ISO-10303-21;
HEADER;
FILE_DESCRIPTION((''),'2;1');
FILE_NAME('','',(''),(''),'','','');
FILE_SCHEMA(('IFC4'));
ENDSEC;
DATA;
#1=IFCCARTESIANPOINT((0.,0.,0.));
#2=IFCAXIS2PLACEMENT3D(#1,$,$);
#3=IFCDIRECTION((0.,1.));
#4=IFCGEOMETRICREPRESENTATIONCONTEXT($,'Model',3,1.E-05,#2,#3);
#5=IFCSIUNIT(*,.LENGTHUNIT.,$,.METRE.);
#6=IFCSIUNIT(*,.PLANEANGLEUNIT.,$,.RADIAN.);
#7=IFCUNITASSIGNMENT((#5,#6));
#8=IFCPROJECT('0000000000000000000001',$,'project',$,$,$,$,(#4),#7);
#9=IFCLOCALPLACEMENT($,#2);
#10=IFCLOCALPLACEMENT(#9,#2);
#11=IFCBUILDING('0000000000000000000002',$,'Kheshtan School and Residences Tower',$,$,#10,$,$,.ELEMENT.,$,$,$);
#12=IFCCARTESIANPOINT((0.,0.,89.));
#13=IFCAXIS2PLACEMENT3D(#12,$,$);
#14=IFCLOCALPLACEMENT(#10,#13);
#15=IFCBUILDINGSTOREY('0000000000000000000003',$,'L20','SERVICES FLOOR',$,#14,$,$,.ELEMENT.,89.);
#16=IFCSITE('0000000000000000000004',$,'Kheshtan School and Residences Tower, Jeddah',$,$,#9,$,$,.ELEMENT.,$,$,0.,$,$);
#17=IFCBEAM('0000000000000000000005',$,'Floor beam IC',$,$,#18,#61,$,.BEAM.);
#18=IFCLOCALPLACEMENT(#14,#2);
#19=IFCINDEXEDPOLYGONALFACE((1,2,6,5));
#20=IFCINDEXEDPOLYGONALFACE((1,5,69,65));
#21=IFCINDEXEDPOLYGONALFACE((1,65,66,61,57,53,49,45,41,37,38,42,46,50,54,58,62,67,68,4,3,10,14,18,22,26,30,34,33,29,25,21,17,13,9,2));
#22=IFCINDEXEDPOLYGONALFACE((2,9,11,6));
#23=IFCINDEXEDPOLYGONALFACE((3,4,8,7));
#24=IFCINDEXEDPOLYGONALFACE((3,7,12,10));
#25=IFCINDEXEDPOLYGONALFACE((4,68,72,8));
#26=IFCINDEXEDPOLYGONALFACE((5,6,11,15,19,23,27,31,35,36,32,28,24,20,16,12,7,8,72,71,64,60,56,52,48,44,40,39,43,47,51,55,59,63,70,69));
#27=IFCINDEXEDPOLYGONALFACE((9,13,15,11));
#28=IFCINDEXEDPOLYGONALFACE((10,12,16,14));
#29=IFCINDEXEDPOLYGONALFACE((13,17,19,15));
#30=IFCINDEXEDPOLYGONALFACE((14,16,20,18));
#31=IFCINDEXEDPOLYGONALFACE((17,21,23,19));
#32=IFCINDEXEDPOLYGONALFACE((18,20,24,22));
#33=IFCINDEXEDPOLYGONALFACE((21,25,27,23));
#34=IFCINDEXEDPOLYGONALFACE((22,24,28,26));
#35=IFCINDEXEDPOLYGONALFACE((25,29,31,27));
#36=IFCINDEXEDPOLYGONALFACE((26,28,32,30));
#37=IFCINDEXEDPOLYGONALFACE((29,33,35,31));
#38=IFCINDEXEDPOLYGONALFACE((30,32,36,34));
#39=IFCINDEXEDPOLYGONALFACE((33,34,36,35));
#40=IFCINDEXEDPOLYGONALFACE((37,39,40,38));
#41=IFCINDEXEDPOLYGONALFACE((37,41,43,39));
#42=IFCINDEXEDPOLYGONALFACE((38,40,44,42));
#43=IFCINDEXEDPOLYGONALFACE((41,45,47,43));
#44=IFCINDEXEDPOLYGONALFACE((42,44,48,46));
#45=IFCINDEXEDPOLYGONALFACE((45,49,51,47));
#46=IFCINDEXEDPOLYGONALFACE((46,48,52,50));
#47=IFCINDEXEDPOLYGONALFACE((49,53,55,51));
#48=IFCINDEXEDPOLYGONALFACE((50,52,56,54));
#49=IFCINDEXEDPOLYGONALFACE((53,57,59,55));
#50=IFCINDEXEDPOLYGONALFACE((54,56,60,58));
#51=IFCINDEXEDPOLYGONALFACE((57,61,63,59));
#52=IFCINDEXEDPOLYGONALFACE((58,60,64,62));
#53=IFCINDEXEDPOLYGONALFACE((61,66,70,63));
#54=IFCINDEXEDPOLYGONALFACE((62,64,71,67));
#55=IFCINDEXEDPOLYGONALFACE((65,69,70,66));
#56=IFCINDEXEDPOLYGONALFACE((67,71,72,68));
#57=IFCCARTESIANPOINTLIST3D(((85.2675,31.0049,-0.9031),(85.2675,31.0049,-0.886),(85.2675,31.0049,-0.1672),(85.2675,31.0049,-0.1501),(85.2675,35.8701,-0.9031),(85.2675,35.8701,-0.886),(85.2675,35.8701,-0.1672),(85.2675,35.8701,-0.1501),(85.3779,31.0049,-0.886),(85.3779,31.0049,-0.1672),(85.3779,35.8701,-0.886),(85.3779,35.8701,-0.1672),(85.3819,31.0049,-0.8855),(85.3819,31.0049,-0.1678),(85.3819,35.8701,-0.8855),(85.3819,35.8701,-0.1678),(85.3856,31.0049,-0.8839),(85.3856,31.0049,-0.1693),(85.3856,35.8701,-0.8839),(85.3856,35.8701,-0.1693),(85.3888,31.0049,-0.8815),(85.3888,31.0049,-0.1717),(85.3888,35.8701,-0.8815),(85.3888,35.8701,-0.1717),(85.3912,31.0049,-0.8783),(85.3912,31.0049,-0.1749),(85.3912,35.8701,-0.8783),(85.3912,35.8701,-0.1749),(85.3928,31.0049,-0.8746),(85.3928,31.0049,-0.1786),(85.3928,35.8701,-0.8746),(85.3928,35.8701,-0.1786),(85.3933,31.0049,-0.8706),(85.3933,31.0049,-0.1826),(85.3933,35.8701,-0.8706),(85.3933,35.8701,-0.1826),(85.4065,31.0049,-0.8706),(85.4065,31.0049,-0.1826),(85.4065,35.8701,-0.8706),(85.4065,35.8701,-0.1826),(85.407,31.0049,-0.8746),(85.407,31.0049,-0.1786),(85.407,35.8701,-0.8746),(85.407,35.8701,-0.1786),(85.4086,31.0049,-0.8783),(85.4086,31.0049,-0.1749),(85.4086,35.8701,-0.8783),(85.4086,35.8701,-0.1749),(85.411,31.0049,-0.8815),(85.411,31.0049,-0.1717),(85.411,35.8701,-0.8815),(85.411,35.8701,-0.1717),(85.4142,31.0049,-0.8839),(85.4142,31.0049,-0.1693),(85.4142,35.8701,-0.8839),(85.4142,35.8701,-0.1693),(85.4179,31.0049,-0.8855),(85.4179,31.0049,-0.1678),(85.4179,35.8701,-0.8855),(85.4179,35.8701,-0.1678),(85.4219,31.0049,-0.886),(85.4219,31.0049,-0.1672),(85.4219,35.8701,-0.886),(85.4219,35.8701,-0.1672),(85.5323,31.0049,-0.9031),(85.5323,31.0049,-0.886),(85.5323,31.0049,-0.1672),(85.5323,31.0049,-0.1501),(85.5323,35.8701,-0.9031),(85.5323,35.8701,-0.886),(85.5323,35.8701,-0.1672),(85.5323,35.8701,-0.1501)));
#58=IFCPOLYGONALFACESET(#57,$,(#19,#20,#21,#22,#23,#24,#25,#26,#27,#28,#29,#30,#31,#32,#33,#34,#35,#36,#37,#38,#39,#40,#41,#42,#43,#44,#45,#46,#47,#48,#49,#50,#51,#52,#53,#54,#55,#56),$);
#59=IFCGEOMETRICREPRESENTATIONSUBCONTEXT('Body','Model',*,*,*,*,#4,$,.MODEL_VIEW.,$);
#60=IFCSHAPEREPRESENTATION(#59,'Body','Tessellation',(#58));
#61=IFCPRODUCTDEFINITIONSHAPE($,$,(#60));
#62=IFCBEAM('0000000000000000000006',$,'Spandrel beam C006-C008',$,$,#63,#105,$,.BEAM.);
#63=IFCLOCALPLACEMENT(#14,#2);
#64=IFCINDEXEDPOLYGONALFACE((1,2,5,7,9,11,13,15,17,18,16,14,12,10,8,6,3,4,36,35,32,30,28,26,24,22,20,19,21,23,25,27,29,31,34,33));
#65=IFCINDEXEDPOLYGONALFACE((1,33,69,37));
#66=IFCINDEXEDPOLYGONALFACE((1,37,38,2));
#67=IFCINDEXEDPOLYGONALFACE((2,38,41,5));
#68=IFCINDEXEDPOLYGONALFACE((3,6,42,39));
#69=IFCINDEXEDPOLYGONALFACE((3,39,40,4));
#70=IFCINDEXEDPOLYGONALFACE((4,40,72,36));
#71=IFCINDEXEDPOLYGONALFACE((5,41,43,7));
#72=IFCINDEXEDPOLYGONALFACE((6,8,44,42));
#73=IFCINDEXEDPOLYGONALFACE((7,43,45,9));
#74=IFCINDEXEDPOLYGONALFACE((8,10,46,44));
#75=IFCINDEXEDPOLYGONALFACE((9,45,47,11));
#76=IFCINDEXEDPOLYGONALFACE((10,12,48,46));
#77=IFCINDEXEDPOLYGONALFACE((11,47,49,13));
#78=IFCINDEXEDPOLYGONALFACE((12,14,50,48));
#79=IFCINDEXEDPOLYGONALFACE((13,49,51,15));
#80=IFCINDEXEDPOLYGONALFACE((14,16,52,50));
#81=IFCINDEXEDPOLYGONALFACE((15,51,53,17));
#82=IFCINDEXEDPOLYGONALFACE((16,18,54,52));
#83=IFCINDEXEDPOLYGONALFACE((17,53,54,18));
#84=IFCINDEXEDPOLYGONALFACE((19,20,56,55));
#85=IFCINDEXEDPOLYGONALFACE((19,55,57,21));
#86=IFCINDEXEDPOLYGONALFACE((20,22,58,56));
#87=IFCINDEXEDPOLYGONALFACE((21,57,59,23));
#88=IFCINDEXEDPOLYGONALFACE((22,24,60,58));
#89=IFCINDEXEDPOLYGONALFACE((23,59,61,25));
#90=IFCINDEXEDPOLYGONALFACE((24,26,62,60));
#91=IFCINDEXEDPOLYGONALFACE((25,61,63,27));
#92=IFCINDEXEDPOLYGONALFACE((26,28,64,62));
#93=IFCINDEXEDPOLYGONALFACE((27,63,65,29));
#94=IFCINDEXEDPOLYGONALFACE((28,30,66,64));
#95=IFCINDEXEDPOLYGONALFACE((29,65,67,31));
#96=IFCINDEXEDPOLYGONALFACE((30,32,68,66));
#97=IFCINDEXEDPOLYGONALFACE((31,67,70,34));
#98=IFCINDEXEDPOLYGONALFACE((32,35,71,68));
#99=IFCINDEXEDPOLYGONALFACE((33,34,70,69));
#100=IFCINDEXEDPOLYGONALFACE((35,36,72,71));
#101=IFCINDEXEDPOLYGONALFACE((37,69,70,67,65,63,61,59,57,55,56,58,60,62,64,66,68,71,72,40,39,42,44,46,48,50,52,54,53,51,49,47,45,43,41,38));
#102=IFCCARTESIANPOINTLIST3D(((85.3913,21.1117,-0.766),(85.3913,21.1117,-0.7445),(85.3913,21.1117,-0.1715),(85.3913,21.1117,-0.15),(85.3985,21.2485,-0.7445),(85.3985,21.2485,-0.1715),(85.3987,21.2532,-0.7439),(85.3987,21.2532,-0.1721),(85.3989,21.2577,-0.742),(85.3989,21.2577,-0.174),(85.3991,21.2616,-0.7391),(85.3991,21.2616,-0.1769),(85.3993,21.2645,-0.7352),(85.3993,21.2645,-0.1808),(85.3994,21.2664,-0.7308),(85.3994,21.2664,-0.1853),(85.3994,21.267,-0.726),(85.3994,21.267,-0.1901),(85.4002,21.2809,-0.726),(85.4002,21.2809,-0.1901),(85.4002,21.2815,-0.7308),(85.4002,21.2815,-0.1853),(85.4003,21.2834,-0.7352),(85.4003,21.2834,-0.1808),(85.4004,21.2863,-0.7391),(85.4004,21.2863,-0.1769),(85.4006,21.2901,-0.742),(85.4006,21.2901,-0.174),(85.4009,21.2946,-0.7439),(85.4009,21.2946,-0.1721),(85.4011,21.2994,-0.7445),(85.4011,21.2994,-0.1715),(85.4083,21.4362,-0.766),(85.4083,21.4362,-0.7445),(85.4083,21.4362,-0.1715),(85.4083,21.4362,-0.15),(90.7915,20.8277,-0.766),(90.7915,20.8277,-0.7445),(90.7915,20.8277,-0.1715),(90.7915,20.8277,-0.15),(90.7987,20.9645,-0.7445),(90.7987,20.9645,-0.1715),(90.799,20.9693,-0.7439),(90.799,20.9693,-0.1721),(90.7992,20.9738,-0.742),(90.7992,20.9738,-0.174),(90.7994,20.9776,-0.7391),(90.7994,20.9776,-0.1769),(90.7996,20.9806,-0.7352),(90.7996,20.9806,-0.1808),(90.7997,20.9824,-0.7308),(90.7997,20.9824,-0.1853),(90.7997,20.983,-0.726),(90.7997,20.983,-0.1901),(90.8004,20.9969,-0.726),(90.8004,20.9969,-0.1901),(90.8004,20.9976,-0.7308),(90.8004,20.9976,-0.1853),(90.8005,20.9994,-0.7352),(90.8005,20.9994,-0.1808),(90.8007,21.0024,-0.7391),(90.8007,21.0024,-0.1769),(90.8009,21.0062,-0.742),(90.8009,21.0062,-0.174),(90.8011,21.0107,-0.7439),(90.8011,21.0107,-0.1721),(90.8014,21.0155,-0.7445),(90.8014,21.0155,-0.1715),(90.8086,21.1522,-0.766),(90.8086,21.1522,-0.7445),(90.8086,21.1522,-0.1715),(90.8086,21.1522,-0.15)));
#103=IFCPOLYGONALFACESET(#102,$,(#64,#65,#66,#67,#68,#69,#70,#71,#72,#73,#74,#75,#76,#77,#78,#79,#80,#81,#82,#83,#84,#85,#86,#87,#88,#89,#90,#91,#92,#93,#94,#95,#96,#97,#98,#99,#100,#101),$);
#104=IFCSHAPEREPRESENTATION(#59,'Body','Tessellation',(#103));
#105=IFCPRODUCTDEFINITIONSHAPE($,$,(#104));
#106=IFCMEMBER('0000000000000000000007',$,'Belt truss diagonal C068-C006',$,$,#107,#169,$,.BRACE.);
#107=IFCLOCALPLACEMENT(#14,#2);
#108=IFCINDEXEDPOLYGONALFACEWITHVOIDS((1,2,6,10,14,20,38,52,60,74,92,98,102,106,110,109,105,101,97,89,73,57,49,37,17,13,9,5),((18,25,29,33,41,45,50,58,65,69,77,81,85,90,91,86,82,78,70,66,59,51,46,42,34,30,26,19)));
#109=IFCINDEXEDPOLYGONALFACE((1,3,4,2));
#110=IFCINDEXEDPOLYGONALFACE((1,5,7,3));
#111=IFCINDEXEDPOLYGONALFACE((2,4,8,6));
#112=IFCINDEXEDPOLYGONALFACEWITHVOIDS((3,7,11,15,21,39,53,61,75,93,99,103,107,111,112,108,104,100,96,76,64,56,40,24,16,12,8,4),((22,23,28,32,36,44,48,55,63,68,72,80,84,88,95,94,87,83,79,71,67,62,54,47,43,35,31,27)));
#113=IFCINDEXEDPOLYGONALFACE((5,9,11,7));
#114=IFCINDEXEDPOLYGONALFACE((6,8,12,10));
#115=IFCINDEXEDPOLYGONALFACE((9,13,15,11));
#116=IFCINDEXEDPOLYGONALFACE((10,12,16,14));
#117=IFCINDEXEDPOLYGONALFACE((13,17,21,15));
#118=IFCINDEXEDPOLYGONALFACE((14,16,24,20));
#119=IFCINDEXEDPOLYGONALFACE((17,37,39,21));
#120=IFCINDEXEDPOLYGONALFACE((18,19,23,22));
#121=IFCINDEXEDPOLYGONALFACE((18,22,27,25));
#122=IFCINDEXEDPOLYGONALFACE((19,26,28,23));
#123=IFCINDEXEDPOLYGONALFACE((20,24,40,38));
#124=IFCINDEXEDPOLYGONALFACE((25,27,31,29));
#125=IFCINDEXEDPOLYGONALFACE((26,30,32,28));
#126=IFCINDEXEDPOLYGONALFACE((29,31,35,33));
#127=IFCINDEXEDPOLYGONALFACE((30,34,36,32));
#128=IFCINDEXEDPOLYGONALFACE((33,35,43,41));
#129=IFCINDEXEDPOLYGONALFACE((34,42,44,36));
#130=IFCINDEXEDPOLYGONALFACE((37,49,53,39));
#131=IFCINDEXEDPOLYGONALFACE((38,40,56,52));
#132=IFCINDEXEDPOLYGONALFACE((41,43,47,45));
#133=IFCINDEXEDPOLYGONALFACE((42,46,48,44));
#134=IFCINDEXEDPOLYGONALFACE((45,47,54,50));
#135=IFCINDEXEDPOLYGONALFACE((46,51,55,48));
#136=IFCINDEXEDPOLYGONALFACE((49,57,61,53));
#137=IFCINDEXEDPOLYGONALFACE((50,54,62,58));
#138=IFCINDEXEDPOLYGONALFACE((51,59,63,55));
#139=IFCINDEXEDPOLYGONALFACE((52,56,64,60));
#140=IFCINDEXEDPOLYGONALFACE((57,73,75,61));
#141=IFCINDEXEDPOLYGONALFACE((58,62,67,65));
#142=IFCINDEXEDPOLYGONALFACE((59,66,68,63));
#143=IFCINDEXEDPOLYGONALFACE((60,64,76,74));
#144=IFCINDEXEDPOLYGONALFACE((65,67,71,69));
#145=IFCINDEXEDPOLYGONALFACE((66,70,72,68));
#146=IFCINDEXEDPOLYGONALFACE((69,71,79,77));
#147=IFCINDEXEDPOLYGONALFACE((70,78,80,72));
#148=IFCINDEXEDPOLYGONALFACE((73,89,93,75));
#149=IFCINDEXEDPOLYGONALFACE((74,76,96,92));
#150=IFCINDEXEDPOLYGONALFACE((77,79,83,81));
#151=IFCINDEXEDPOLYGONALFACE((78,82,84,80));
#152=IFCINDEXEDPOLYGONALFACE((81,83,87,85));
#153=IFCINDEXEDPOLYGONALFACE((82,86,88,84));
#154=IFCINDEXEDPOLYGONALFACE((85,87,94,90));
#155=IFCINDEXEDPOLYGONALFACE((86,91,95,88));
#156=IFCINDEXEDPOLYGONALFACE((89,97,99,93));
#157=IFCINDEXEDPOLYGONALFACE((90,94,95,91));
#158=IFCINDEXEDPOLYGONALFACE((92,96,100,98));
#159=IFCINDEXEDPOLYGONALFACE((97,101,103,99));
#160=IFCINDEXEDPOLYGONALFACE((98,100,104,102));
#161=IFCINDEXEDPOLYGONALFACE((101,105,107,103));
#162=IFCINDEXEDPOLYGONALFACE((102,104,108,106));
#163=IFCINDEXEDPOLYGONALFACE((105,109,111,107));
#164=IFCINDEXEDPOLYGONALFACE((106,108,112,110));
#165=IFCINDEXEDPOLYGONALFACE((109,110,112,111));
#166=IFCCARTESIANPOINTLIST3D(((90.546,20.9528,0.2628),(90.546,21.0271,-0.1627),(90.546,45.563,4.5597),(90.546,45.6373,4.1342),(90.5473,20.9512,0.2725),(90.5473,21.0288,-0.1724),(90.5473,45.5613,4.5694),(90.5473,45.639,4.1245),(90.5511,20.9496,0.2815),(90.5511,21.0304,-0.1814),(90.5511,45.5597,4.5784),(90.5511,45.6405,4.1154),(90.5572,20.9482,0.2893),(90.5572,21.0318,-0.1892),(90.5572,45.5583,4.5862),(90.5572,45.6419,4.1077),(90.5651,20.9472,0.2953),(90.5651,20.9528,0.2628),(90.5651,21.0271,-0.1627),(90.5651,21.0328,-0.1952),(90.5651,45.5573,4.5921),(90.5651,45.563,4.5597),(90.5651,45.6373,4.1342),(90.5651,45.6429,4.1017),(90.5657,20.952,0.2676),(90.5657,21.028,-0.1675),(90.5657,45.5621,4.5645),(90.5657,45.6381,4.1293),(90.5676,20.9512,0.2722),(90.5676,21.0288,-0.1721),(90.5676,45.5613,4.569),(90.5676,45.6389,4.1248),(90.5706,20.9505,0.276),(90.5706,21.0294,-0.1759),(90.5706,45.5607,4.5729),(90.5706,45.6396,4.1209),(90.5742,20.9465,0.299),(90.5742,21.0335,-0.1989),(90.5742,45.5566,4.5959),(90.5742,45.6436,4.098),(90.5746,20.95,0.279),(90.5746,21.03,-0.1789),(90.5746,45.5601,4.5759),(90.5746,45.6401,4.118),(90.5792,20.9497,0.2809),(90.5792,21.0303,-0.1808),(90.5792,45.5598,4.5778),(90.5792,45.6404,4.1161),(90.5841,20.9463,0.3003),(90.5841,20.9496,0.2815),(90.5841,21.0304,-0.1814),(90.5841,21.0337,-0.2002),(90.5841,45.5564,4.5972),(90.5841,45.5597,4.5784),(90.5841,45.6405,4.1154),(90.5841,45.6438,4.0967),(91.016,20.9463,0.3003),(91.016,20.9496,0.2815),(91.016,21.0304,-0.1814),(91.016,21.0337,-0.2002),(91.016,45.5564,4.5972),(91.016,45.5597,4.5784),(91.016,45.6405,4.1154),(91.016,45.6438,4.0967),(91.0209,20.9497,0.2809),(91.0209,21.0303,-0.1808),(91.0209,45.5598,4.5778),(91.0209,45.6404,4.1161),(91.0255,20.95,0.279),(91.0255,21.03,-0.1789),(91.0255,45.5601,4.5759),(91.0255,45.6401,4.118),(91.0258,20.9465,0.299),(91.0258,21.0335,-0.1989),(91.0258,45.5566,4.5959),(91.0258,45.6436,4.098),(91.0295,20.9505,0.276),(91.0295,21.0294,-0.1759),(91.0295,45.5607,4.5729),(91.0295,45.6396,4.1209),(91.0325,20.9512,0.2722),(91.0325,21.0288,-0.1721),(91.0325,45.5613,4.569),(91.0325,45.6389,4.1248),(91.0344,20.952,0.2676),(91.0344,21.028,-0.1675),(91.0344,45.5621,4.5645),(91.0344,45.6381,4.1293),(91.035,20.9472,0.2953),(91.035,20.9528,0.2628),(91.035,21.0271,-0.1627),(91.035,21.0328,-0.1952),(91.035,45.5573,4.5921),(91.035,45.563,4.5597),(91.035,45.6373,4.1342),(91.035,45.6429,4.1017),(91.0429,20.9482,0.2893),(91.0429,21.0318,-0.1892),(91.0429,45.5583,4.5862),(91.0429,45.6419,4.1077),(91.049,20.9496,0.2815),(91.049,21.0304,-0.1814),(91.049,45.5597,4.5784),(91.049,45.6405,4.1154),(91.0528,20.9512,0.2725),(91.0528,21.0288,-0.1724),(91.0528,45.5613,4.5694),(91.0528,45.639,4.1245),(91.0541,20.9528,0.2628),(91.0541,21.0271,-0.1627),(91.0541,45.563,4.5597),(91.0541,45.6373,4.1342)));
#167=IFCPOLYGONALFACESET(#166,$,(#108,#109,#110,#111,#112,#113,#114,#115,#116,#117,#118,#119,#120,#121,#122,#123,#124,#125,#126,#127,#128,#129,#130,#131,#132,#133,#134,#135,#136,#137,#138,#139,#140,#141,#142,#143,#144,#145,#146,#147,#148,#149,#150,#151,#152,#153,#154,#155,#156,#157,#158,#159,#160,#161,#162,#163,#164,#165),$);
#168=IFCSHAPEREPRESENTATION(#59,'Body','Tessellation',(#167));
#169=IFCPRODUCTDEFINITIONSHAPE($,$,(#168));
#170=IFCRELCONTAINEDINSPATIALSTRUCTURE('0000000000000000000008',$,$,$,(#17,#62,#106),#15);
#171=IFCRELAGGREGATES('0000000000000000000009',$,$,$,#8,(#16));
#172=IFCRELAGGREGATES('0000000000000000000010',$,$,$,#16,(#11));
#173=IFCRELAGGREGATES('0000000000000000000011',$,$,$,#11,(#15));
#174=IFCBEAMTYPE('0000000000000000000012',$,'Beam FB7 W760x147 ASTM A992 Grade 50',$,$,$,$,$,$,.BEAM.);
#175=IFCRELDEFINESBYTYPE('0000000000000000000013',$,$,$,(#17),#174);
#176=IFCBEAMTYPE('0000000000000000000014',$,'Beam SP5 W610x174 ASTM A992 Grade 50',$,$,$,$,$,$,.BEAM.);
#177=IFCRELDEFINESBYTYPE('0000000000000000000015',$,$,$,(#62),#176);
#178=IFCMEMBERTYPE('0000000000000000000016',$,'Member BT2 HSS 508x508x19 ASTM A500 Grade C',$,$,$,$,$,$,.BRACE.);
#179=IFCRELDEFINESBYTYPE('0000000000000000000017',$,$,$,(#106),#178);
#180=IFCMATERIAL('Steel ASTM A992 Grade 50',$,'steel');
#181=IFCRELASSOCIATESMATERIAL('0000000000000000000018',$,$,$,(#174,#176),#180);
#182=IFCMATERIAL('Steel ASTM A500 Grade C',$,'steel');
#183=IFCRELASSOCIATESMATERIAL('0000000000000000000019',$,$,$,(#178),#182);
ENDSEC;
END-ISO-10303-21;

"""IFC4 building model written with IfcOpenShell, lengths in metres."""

from ifc_helpers import new_model, si_unit, direction, frame, origin, origin_2d, place, context, subcontext, project, spatial, hollow_rectangle, i_section, extrude, material, material_profile, profile_set, type_object, element, save


model = new_model("IFC4")

# Units and contexts
model_context = context("Model", 3, precision=1e-05, world=origin(), true_north=direction((0.0, 1.0)))
body_context = subcontext(model_context, "Body", "Model", "MODEL_VIEW")
ifc_project = project(units=[si_unit("LENGTHUNIT", "METRE"), si_unit("PLANEANGLEUNIT", "RADIAN")], contexts=[model_context])

# Site, building, storey
site_placement = place(None, origin())
site = spatial("IfcSite", under=ifc_project, at=site_placement, Name="Kheshtan School and Residences Tower, Jeddah", CompositionType="ELEMENT", RefElevation=0.0)
building_placement = place(site_placement, origin())
building = spatial("IfcBuilding", under=site, at=building_placement, Name="Kheshtan School and Residences Tower", CompositionType="ELEMENT")
storey_placement = place(building_placement, frame((0.0, 0.0, 89.0)))
storey = spatial("IfcBuildingStorey", under=building, at=storey_placement, Name="L20", Description="SERVICES FLOOR", CompositionType="ELEMENT", Elevation=89.0)

# Shared definitions
ifc_material_1 = material(Name="Steel ASTM A992 Grade 50", Category="steel")
ifc_material_2 = material(Name="Steel ASTM A500 Grade C", Category="steel")

# Beams
ifc_material_profile_1 = material_profile(ifc_material_1, i_section(OverallWidth=0.2649, OverallDepth=0.7529, WebThickness=0.0132, FlangeThickness=0.0171, FilletRadius=0.0154, at=origin_2d()), Name="W760x147")
ifc_profile_set_1 = profile_set([ifc_material_profile_1], Name="Steel ASTM A992 Grade 50")
beam_type_1 = type_object("IfcBeamType", Name="Beam FB7 W760x147 ASTM A992 Grade 50", PredefinedType="BEAM", material=ifc_profile_set_1)
beam_1_placement = place(storey_placement, frame((85.3999, 31.0049, -0.5266), z_axis=(0.0, 1.0, 0.0), x_axis=(-1.0, 0.0, 0.0)))
element("IfcBeam", 1, at=beam_1_placement, inside=storey, type_object=beam_type_1, Name="Floor beam IC", PredefinedType="BEAM", context=body_context, shape_type="SweptSolid", body=[
    extrude(i_section(OverallWidth=0.2649, OverallDepth=0.7529, WebThickness=0.0132, FlangeThickness=0.0171, FilletRadius=0.0154, at=origin_2d()), origin(), (0.0, 0.0, 1.0), 4.8652),
])
ifc_material_profile_2 = material_profile(ifc_material_1, i_section(OverallWidth=0.325, OverallDepth=0.616, WebThickness=0.0139, FlangeThickness=0.0215, FilletRadius=0.0186, at=origin_2d()), Name="W610x174")
ifc_profile_set_2 = profile_set([ifc_material_profile_2], Name="Steel ASTM A992 Grade 50")
beam_type_2 = type_object("IfcBeamType", Name="Beam SP5 W610x174 ASTM A992 Grade 50", PredefinedType="BEAM", material=ifc_profile_set_2)
beam_2_placement = place(storey_placement, frame((90.8, 20.99, -0.458), z_axis=(-0.998621, 0.052507, 0.0), x_axis=(-0.052507, -0.998621, 0.0)))
element("IfcBeam", 2, at=beam_2_placement, inside=storey, type_object=beam_type_2, Name="Spandrel beam C006-C008", PredefinedType="BEAM", context=body_context, shape_type="SweptSolid", body=[
    extrude(i_section(OverallWidth=0.325, OverallDepth=0.616, WebThickness=0.0139, FlangeThickness=0.0215, FilletRadius=0.0186, at=origin_2d()), origin(), (0.0, 0.0, 1.0), 5.4077),
])

# Member
ifc_material_profile_3 = material_profile(ifc_material_2, hollow_rectangle(XDim=0.5081, YDim=0.5081, WallThickness=0.019, InnerFilletRadius=0.019, OuterFilletRadius=0.0381, at=origin_2d()), Name="HSS 508x508x19")
ifc_profile_set_3 = profile_set([ifc_material_profile_3], Name="Steel ASTM A500 Grade C")
member_type = type_object("IfcMemberType", Name="Member BT2 HSS 508x508x19 ASTM A500 Grade C", PredefinedType="BRACE", material=ifc_profile_set_3)
member_1_placement = place(storey_placement, frame((90.8, 20.99, 0.05), z_axis=(0.0, 0.985098, 0.171996), x_axis=(-1.0, 0.0, 0.0)))
element("IfcMember", 3, at=member_1_placement, inside=storey, type_object=member_type, Name="Belt truss diagonal C068-C006", PredefinedType="BRACE", context=body_context, shape_type="SweptSolid", body=[
    extrude(hollow_rectangle(XDim=0.5081, YDim=0.5081, WallThickness=0.019, InnerFilletRadius=0.019, OuterFilletRadius=0.0381, at=origin_2d()), origin(), (0.0, 0.0, 1.0), 24.9824),
])

save(model, "model.ifc")
